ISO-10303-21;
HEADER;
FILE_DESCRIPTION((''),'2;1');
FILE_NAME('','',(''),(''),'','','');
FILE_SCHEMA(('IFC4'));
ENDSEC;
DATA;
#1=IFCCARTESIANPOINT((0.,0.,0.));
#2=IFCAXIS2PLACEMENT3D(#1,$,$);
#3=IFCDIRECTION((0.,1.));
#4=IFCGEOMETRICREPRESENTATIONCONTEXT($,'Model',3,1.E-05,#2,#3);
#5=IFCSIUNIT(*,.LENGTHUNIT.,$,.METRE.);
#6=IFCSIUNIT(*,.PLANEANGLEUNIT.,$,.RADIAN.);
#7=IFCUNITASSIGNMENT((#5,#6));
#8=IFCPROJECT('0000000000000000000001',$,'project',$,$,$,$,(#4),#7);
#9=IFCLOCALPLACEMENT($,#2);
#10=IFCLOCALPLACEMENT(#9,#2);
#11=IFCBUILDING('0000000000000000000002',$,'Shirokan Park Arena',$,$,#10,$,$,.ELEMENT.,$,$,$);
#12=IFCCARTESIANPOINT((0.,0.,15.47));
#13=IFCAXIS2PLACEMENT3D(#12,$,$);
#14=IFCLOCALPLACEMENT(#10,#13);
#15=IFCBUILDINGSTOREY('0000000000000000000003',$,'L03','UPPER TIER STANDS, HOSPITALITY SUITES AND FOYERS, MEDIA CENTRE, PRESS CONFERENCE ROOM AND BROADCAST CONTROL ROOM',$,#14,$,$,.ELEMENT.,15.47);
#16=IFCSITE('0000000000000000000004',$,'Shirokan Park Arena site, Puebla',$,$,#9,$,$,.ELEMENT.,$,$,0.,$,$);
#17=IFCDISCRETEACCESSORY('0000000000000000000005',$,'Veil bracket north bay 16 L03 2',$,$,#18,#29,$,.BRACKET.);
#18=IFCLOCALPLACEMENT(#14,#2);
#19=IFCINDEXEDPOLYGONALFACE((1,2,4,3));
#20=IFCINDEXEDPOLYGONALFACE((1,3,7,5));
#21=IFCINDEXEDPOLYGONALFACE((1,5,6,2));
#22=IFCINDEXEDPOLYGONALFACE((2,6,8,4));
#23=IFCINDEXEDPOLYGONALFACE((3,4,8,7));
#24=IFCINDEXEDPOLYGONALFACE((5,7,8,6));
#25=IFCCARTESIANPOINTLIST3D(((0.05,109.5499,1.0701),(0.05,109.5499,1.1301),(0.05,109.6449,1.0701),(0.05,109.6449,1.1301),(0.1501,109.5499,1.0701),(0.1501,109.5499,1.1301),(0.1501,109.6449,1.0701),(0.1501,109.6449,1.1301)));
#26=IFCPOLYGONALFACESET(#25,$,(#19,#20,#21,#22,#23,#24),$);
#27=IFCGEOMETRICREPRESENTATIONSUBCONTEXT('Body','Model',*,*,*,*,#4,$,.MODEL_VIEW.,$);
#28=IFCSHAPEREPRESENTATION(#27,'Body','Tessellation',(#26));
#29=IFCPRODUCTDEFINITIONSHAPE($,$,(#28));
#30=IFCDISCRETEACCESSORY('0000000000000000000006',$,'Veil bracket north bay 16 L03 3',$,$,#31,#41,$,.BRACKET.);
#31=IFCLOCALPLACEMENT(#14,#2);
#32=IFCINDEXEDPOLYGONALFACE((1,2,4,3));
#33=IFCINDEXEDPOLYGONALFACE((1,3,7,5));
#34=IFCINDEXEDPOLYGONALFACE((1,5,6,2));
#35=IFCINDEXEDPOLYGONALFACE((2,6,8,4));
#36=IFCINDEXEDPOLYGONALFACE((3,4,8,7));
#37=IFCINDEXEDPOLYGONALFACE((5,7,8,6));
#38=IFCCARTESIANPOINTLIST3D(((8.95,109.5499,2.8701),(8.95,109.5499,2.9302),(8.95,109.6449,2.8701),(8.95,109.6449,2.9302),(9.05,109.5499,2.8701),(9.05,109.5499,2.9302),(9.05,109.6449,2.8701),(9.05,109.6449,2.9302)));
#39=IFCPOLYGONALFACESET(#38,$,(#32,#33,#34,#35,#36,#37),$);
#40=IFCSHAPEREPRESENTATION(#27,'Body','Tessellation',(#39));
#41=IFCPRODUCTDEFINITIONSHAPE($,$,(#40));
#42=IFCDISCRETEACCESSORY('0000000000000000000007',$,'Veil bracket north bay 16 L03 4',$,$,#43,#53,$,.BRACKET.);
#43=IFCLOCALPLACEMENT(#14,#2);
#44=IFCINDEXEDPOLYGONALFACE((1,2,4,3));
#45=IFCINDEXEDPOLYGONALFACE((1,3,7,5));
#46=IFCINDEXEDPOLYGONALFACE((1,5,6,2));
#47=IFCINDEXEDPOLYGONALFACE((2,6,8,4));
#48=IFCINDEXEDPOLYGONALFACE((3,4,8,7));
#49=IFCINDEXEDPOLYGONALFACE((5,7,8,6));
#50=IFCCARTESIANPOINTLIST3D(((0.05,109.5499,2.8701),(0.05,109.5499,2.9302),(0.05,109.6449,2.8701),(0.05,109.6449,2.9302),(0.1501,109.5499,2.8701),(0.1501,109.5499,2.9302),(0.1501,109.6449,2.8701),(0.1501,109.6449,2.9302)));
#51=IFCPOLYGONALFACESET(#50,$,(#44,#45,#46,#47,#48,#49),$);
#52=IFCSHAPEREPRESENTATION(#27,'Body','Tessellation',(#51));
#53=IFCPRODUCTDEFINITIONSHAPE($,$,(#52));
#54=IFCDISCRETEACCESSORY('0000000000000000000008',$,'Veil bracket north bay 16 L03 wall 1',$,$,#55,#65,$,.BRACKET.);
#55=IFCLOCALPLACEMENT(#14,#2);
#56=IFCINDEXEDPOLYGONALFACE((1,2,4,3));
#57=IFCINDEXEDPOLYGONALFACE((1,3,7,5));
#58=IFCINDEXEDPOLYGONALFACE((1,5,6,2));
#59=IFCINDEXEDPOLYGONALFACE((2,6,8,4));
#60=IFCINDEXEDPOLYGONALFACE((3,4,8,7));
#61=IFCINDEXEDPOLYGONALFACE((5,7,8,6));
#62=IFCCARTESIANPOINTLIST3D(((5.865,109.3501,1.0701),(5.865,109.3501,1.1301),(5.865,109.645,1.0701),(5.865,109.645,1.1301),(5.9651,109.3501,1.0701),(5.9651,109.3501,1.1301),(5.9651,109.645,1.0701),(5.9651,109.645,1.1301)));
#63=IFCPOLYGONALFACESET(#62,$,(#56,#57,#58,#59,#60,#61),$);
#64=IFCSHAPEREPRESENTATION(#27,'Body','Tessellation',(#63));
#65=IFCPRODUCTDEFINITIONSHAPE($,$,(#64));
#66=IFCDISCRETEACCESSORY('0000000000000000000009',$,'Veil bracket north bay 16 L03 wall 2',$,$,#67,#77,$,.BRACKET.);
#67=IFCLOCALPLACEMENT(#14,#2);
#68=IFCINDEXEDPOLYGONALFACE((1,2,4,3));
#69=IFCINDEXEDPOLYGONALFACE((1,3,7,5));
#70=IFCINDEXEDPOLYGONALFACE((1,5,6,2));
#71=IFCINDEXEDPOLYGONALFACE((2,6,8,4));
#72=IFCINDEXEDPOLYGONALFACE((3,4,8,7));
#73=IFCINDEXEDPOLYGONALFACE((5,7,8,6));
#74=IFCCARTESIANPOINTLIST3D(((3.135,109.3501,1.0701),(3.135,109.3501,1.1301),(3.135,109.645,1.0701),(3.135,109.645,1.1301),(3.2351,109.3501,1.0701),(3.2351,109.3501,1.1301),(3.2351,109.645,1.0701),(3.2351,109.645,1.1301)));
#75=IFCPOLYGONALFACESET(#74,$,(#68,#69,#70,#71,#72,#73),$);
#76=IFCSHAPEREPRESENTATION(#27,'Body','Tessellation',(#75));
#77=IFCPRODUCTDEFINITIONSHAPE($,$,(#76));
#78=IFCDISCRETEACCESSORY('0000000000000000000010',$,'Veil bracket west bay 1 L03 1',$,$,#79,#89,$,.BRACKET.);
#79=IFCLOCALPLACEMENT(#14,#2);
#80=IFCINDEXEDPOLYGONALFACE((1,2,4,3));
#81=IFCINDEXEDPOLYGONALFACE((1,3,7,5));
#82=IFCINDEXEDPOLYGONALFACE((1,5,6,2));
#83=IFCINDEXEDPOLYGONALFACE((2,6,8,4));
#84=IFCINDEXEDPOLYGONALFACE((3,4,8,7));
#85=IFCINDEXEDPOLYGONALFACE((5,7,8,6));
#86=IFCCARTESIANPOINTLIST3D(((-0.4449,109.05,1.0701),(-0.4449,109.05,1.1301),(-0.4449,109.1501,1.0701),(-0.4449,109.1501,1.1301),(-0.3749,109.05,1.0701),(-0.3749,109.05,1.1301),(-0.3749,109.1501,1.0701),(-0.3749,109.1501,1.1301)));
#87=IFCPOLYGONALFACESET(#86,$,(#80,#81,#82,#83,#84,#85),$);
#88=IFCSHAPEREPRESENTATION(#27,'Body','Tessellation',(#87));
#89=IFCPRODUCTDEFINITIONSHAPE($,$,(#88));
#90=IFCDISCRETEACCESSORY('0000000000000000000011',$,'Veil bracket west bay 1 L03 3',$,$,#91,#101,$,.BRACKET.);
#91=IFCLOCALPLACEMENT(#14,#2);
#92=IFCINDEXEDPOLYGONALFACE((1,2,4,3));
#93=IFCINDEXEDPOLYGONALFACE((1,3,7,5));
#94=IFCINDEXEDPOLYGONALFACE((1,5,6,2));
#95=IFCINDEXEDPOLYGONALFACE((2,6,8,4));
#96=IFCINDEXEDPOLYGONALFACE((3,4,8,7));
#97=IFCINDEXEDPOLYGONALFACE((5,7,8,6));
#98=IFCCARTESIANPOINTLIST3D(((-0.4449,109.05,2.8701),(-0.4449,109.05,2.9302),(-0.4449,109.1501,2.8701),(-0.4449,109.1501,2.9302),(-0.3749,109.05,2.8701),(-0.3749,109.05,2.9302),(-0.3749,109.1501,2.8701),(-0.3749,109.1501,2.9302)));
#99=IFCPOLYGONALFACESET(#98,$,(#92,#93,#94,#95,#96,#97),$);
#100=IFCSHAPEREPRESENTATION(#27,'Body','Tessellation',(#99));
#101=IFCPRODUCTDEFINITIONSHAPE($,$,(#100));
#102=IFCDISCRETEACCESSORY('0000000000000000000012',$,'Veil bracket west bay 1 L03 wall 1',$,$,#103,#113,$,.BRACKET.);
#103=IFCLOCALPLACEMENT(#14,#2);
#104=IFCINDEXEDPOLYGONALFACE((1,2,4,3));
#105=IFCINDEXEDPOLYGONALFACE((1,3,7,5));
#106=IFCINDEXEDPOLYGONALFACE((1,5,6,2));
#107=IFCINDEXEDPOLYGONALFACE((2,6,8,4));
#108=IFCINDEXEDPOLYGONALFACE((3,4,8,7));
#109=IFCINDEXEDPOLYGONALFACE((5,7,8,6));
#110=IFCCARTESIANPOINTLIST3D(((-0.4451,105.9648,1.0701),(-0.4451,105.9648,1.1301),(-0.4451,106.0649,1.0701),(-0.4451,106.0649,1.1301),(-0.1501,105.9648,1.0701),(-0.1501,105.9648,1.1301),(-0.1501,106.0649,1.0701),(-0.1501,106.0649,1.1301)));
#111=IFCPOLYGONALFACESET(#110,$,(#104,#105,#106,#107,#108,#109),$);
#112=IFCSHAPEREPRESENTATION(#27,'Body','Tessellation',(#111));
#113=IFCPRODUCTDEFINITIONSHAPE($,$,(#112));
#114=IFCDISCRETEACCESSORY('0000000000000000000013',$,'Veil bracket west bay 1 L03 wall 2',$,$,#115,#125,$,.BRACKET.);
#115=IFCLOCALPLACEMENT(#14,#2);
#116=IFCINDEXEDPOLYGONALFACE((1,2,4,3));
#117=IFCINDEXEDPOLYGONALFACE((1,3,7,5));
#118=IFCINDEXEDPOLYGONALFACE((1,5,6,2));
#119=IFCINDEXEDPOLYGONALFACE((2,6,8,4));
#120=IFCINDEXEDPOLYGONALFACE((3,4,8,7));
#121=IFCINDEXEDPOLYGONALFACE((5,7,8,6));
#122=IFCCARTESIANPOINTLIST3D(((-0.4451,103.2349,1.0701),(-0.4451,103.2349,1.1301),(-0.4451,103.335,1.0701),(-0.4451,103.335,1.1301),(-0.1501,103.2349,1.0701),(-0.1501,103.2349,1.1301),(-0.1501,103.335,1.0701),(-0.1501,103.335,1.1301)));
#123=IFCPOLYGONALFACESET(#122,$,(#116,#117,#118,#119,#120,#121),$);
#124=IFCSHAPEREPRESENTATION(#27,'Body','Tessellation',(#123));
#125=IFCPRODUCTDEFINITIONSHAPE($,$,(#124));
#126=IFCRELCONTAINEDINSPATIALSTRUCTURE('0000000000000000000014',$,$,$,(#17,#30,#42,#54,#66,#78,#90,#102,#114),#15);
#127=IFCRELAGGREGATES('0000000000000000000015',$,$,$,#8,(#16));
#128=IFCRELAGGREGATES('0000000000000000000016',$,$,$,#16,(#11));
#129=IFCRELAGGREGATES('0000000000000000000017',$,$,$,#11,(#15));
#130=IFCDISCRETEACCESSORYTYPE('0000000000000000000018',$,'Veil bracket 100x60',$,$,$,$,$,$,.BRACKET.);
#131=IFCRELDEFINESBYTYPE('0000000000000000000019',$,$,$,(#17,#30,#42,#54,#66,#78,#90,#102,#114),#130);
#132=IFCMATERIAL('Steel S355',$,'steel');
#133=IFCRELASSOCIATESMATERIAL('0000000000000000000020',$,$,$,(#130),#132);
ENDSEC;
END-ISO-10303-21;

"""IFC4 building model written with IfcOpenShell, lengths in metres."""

from ifc_helpers import new_model, si_unit, direction, frame, origin, origin_2d, place, context, subcontext, project, spatial, rectangle, extrude, material, type_object, element, save


model = new_model("IFC4")

# Units and contexts
model_context = context("Model", 3, precision=1e-05, world=origin(), true_north=direction((0.0, 1.0)))
body_context = subcontext(model_context, "Body", "Model", "MODEL_VIEW")
ifc_project = project(units=[si_unit("LENGTHUNIT", "METRE"), si_unit("PLANEANGLEUNIT", "RADIAN")], contexts=[model_context])

# Site, building, storey
site_placement = place(None, origin())
site = spatial("IfcSite", under=ifc_project, at=site_placement, Name="Shirokan Park Arena site, Puebla", CompositionType="ELEMENT", RefElevation=0.0)
building_placement = place(site_placement, origin())
building = spatial("IfcBuilding", under=site, at=building_placement, Name="Shirokan Park Arena", CompositionType="ELEMENT")
storey_placement = place(building_placement, frame((0.0, 0.0, 15.47)))
storey = spatial("IfcBuildingStorey", under=building, at=storey_placement, Name="L03", Description="UPPER TIER STANDS, HOSPITALITY SUITES AND FOYERS, MEDIA CENTRE, PRESS CONFERENCE ROOM AND BROADCAST CONTROL ROOM", CompositionType="ELEMENT", Elevation=15.47)

# Discrete accessories
ifc_material_1 = material(Name="Steel S355", Category="steel")
discrete_accessory_type = type_object("IfcDiscreteAccessoryType", Name="Veil bracket 100x60", PredefinedType="BRACKET", material=ifc_material_1)
for number, where, z_axis, x_axis, name in (
    (1, (0.1001, 109.5974, 1.0701), (0.0, 0.0, 1.0), (-1.0, 0.0, 0.0), "Veil bracket north bay 16 L03 2"),
    (2, (9.0, 109.5974, 2.8701), (0.0, 0.0, 1.0), (-1.0, 0.0, 0.0), "Veil bracket north bay 16 L03 3"),
    (3, (0.1001, 109.5974, 2.8701), (0.0, 0.0, 1.0), (-1.0, 0.0, 0.0), "Veil bracket north bay 16 L03 4"),
):
    element("IfcDiscreteAccessory", number, at=place(storey_placement, frame(where, z_axis=z_axis, x_axis=x_axis)), inside=storey, type_object=discrete_accessory_type, Name=name, PredefinedType="BRACKET", context=body_context, shape_type="SweptSolid", body=[
        extrude(rectangle(XDim=0.1001, YDim=0.095, at=origin_2d()), origin(), (0.0, 0.0, 1.0), 0.0601),
    ])
for number, where, z_axis, x_axis, name in (
    (4, (5.915, 109.4976, 1.0701), (0.0, 0.0, 1.0), (-1.0, 0.0, 0.0), "Veil bracket north bay 16 L03 wall 1"),
    (5, (3.1851, 109.4976, 1.0701), (0.0, 0.0, 1.0), (-1.0, 0.0, 0.0), "Veil bracket north bay 16 L03 wall 2"),
):
    element("IfcDiscreteAccessory", number, at=place(storey_placement, frame(where, z_axis=z_axis, x_axis=x_axis)), inside=storey, type_object=discrete_accessory_type, Name=name, PredefinedType="BRACKET", context=body_context, shape_type="SweptSolid", body=[
        extrude(rectangle(XDim=0.1001, YDim=0.2949, at=origin_2d()), origin(), (0.0, 0.0, 1.0), 0.0601),
    ])
for number, where, z_axis, x_axis, name in (
    (6, (-0.4099, 109.1001, 1.0701), (0.0, 0.0, 1.0), (0.0, -1.0, 0.0), "Veil bracket west bay 1 L03 1"),
    (7, (-0.4099, 109.1001, 2.8701), (0.0, 0.0, 1.0), (0.0, -1.0, 0.0), "Veil bracket west bay 1 L03 3"),
):
    element("IfcDiscreteAccessory", number, at=place(storey_placement, frame(where, z_axis=z_axis, x_axis=x_axis)), inside=storey, type_object=discrete_accessory_type, Name=name, PredefinedType="BRACKET", context=body_context, shape_type="SweptSolid", body=[
        extrude(rectangle(XDim=0.1001, YDim=0.0701, at=origin_2d()), origin(), (0.0, 0.0, 1.0), 0.0601),
    ])
for number, where, z_axis, x_axis, name in (
    (8, (-0.2976, 106.0149, 1.0701), (0.0, 0.0, 1.0), (0.0, -1.0, 0.0), "Veil bracket west bay 1 L03 wall 1"),
    (9, (-0.2976, 103.2849, 1.0701), (0.0, 0.0, 1.0), (0.0, -1.0, 0.0), "Veil bracket west bay 1 L03 wall 2"),
):
    element("IfcDiscreteAccessory", number, at=place(storey_placement, frame(where, z_axis=z_axis, x_axis=x_axis)), inside=storey, type_object=discrete_accessory_type, Name=name, PredefinedType="BRACKET", context=body_context, shape_type="SweptSolid", body=[
        extrude(rectangle(XDim=0.1001, YDim=0.2949, at=origin_2d()), origin(), (0.0, 0.0, 1.0), 0.0601),
    ])

save(model, "model.ifc")
